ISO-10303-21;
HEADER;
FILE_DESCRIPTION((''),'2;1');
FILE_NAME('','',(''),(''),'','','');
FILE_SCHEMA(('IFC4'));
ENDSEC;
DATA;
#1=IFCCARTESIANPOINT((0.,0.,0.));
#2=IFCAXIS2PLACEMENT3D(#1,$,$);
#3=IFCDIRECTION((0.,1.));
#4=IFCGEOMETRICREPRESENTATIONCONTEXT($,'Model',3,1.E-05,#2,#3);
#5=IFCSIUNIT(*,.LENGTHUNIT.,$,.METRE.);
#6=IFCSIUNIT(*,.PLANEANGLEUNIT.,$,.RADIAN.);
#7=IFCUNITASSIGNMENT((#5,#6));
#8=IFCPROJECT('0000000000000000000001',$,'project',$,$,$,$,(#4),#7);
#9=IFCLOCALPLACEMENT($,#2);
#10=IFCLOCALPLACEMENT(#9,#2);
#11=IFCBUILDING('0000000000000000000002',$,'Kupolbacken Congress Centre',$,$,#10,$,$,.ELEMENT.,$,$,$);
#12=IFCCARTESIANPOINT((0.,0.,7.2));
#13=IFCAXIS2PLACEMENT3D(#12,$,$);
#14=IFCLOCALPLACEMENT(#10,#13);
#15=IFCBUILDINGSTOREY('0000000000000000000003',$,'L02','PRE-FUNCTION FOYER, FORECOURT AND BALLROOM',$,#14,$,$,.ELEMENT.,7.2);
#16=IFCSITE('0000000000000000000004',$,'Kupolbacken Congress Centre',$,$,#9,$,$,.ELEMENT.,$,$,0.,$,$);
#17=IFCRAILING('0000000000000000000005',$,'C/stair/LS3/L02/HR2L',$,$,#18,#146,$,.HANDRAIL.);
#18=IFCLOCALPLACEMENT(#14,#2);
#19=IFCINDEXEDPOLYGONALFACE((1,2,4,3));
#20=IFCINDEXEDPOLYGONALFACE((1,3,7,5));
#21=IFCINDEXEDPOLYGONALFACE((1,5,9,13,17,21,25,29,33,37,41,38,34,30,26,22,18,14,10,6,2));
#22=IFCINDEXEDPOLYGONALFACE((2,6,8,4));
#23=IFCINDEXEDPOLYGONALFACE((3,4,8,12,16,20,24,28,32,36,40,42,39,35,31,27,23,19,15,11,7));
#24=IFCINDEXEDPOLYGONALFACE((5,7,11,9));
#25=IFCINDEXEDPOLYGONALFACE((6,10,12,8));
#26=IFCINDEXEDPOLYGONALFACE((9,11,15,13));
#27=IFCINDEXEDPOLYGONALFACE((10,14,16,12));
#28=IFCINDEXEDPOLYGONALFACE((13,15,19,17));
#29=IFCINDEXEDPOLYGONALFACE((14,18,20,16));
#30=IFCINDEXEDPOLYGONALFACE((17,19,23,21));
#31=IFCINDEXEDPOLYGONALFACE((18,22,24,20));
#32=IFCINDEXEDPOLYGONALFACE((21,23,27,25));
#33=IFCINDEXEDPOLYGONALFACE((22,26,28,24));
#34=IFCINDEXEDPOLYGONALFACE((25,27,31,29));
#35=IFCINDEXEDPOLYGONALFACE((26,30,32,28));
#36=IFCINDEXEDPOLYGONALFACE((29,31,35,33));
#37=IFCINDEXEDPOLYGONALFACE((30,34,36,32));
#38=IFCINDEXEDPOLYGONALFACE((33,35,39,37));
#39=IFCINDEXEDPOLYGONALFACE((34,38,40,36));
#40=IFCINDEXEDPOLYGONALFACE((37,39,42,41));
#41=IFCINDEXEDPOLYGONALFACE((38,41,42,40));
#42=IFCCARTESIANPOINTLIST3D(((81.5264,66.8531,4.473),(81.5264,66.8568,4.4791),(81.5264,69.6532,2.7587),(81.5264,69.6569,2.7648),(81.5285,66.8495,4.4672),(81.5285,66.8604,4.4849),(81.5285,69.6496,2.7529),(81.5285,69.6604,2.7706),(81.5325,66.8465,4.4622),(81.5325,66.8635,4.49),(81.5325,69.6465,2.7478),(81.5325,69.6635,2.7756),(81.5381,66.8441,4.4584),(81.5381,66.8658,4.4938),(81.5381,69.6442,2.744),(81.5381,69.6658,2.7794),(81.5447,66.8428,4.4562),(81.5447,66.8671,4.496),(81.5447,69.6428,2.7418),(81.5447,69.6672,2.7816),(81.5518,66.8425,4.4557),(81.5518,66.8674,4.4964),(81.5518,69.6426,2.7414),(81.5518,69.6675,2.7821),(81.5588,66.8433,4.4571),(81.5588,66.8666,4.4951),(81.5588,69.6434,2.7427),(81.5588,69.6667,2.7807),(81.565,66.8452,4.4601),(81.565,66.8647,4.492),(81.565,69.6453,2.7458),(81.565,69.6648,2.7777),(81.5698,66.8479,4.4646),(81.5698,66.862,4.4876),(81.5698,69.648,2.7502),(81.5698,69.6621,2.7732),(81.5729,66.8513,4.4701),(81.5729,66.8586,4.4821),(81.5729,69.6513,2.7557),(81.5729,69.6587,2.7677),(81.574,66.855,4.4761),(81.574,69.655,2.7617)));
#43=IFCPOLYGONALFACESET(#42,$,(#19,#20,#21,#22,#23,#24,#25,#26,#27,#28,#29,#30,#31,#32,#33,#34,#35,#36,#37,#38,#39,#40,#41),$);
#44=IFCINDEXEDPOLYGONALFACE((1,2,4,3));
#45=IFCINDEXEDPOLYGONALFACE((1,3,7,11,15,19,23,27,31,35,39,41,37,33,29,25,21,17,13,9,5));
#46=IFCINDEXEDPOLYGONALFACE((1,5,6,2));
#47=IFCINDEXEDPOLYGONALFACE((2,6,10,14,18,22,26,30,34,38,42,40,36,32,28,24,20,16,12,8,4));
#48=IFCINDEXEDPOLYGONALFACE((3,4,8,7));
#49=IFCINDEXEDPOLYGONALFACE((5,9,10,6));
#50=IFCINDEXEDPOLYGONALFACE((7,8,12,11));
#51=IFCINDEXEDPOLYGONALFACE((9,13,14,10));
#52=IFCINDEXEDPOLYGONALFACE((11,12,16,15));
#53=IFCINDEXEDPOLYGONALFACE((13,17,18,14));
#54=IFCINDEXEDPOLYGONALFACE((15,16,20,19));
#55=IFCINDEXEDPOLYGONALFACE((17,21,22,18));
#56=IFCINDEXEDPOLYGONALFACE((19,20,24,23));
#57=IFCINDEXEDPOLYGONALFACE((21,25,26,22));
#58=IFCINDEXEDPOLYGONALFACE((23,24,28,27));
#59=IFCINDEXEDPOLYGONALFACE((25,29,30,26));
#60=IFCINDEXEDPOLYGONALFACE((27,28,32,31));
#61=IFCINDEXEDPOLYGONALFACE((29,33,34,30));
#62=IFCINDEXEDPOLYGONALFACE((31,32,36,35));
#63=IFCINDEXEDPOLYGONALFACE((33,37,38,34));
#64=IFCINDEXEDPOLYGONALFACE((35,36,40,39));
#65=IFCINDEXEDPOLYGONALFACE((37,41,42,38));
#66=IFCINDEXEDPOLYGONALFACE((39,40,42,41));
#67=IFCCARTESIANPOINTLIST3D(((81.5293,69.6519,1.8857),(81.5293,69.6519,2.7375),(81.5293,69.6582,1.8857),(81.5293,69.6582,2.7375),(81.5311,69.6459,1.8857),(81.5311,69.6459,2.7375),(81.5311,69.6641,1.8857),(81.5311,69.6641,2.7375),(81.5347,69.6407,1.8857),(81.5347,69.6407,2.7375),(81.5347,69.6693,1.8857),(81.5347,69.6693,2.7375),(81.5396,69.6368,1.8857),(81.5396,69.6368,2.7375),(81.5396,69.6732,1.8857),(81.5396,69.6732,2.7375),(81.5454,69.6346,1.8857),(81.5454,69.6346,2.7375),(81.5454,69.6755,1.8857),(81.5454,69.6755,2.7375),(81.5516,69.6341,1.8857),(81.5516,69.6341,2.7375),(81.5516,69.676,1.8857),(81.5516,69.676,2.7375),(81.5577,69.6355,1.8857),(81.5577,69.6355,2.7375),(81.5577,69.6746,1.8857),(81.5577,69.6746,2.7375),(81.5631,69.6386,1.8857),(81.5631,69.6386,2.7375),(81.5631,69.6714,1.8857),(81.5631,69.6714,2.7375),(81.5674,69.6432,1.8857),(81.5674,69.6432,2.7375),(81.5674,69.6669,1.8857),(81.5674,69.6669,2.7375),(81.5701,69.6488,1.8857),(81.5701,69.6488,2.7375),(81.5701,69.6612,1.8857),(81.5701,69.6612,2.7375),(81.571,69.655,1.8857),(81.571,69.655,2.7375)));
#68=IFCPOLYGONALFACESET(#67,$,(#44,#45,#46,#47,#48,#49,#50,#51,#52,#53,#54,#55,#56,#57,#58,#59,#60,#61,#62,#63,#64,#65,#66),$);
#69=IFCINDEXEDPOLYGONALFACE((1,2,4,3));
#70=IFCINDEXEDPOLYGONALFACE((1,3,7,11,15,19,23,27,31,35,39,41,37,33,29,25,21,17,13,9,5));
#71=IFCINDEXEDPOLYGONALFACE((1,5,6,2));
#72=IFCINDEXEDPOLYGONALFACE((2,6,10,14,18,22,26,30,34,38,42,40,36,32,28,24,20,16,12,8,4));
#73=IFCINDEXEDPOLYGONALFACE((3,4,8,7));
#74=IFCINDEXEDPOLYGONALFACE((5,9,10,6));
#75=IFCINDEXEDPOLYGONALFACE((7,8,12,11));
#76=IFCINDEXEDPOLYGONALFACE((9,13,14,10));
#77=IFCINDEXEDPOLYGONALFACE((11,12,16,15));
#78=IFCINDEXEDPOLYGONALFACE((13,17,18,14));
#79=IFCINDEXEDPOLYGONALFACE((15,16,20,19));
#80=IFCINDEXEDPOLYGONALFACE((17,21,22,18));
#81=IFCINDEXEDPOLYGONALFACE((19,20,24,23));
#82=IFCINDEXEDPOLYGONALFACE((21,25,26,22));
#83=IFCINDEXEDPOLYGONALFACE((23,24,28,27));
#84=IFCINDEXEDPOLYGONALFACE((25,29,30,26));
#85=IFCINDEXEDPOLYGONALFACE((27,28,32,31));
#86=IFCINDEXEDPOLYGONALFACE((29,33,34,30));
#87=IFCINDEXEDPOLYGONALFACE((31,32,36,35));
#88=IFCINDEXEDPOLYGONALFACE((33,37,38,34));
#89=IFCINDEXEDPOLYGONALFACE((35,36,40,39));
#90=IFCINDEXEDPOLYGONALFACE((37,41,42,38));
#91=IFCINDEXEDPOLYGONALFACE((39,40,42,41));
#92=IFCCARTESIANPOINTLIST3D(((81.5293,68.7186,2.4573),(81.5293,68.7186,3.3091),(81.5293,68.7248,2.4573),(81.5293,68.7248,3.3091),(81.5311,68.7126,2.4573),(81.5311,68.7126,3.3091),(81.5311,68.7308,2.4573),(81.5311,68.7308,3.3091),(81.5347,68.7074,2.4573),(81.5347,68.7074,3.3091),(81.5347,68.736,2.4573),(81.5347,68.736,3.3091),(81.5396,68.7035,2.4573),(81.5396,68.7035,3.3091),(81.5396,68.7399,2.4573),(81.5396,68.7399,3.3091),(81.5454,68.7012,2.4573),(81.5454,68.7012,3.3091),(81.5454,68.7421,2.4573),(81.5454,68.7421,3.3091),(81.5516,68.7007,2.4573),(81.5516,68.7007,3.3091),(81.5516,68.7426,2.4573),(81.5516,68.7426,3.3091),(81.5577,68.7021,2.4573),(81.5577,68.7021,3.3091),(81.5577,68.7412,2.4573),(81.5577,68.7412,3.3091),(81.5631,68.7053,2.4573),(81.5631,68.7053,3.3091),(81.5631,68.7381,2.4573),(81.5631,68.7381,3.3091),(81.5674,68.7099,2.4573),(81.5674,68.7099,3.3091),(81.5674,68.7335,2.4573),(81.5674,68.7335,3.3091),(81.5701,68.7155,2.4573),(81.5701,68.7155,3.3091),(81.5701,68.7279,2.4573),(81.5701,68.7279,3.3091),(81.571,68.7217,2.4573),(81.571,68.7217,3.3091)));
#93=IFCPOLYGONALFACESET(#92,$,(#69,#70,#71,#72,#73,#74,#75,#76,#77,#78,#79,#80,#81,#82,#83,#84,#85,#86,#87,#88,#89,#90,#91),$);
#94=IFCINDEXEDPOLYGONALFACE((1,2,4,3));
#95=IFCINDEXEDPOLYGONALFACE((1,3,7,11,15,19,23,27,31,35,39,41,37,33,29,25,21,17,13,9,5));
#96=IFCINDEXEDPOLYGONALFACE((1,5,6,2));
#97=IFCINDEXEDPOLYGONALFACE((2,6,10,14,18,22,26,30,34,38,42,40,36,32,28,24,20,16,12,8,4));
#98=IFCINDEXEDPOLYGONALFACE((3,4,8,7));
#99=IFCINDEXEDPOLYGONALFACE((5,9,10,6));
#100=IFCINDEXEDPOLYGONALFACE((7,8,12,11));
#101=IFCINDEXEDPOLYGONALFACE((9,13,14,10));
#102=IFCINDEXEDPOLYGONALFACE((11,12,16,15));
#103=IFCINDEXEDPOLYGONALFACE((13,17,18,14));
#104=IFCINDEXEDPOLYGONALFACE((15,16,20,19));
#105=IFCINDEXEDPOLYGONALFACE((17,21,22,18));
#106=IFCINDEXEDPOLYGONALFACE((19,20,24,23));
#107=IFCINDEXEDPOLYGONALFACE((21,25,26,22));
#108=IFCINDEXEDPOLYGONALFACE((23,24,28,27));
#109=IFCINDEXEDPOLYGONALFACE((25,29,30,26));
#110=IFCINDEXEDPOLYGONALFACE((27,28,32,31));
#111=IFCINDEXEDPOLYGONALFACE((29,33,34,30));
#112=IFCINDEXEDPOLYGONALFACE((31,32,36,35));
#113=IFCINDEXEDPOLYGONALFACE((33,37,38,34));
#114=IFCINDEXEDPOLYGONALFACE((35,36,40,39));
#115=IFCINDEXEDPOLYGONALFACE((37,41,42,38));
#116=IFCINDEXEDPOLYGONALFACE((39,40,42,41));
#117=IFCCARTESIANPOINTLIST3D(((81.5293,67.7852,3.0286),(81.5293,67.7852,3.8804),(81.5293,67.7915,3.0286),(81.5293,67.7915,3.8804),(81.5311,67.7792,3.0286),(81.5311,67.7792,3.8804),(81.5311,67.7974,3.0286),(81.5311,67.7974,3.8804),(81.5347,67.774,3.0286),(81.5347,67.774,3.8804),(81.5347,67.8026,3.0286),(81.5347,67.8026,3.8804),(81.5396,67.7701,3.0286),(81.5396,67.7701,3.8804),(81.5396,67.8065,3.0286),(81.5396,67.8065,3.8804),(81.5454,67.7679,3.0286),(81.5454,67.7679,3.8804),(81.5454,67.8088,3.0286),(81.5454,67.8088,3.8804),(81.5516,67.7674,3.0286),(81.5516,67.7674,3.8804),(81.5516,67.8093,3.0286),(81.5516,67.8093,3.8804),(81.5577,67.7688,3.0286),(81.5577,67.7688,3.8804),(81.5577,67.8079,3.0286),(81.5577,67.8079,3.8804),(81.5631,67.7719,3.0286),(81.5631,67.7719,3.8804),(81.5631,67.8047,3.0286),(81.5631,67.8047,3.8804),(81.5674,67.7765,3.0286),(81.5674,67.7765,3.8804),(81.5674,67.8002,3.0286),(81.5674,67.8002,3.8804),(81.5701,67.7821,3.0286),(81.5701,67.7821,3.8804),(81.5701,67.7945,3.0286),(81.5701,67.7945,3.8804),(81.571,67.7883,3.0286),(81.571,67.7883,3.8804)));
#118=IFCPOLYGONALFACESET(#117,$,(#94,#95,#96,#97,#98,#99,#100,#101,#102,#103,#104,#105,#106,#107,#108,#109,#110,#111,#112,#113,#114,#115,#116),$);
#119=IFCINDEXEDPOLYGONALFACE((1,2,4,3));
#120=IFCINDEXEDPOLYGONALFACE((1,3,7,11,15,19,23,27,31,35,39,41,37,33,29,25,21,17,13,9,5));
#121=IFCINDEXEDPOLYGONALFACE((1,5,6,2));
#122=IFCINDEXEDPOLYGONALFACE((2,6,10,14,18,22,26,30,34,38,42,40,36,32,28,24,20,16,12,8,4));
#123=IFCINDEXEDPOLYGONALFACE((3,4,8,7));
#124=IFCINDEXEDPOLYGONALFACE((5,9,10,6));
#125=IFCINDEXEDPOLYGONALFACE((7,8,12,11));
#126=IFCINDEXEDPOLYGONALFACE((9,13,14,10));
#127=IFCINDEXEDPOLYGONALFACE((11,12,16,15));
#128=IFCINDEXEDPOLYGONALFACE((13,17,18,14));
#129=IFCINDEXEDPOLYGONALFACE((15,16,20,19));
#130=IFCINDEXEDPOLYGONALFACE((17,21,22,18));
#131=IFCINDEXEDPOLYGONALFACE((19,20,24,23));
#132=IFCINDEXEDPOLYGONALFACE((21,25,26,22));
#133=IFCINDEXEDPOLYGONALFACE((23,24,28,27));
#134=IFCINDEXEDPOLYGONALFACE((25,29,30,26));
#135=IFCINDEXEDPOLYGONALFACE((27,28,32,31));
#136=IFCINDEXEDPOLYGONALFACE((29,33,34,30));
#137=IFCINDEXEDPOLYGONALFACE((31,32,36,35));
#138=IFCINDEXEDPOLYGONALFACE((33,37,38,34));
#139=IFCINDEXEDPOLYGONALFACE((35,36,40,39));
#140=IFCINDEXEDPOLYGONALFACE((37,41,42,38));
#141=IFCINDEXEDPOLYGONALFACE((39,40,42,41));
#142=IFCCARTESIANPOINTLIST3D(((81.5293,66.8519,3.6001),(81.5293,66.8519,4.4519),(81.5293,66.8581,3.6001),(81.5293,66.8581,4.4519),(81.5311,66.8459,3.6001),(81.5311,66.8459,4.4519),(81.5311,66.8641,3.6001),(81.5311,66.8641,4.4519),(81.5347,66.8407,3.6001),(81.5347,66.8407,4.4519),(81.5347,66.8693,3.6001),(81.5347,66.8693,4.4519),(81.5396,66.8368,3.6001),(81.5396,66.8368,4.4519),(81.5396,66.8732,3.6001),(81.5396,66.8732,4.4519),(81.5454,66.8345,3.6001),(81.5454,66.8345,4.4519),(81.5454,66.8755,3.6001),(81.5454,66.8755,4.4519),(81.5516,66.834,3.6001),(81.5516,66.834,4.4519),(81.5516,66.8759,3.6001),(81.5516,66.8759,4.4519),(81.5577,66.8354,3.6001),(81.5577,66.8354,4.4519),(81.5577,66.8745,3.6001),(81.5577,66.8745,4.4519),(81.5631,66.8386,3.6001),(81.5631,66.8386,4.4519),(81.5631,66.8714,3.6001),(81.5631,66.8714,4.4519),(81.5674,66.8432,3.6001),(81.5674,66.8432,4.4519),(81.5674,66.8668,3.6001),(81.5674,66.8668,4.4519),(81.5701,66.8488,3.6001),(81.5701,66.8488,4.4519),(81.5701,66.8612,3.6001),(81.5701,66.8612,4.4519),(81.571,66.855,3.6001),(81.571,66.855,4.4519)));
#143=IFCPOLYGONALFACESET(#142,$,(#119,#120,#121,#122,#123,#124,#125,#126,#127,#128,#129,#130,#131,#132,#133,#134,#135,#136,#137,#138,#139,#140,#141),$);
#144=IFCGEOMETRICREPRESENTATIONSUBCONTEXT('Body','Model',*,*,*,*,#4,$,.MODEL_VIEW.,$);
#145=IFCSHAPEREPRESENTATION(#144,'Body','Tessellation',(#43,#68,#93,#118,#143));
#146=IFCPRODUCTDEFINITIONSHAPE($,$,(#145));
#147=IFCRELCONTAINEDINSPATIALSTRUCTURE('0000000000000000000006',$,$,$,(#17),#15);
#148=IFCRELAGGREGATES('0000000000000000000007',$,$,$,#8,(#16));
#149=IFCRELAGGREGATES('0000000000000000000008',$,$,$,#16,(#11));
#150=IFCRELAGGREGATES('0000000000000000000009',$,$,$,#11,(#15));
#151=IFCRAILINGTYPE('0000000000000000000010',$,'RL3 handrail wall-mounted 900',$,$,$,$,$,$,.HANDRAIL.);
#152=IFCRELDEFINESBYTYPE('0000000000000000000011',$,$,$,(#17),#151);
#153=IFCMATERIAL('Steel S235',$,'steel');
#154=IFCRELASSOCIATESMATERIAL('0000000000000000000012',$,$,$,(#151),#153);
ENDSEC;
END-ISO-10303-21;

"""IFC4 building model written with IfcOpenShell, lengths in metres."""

from ifc_helpers import new_model, si_unit, direction, frame, origin, origin_2d, place, context, subcontext, project, spatial, circle, extrude, material, type_object, element, save


model = new_model("IFC4")

# Units and contexts
model_context = context("Model", 3, precision=1e-05, world=origin(), true_north=direction((0.0, 1.0)))
body_context = subcontext(model_context, "Body", "Model", "MODEL_VIEW")
ifc_project = project(units=[si_unit("LENGTHUNIT", "METRE"), si_unit("PLANEANGLEUNIT", "RADIAN")], contexts=[model_context])

# Site, building, storey
site_placement = place(None, origin())
site = spatial("IfcSite", under=ifc_project, at=site_placement, Name="Kupolbacken Congress Centre", CompositionType="ELEMENT", RefElevation=0.0)
building_placement = place(site_placement, origin())
building = spatial("IfcBuilding", under=site, at=building_placement, Name="Kupolbacken Congress Centre", CompositionType="ELEMENT")
storey_placement = place(building_placement, frame((0.0, 0.0, 7.2)))
storey = spatial("IfcBuildingStorey", under=building, at=storey_placement, Name="L02", Description="PRE-FUNCTION FOYER, FORECOURT AND BALLROOM", CompositionType="ELEMENT", Elevation=7.2)

# Railing
ifc_material_1 = material(Name="Steel S235", Category="steel")
railing_type = type_object("IfcRailingType", Name="RL3 handrail wall-mounted 900", PredefinedType="HANDRAIL", material=ifc_material_1)
for number, where, name in (
    (1, (81.55, 69.655, 1.8857), "C/stair/LS3/L02/HR2L"),
):
    element("IfcRailing", number, at=place(storey_placement, frame(where)), inside=storey, type_object=railing_type, Name=name, PredefinedType="HANDRAIL", context=body_context, shape_type="SweptSolid", body=[
        extrude(circle(Radius=0.0239, at=origin_2d()), frame((0.0, 0.0, 0.876), z_axis=(0.0, -0.852846, 0.522163), x_axis=(1.0, 0.0, 0.0)), (0.0, 0.0, 1.0), 3.2832),
        extrude(circle(Radius=0.021, at=origin_2d()), origin(), (0.0, 0.0, 1.0), 0.8518),
        extrude(circle(Radius=0.021, at=origin_2d()), frame((0.0, -0.9333, 0.5715)), (0.0, 0.0, 1.0), 0.8518),
        extrude(circle(Radius=0.021, at=origin_2d()), frame((0.0, -1.8667, 1.1428)), (0.0, 0.0, 1.0), 0.8518),
        extrude(circle(Radius=0.021, at=origin_2d()), frame((0.0, -2.8, 1.7144)), (0.0, 0.0, 1.0), 0.8518),
    ])

save(model, "model.ifc")
